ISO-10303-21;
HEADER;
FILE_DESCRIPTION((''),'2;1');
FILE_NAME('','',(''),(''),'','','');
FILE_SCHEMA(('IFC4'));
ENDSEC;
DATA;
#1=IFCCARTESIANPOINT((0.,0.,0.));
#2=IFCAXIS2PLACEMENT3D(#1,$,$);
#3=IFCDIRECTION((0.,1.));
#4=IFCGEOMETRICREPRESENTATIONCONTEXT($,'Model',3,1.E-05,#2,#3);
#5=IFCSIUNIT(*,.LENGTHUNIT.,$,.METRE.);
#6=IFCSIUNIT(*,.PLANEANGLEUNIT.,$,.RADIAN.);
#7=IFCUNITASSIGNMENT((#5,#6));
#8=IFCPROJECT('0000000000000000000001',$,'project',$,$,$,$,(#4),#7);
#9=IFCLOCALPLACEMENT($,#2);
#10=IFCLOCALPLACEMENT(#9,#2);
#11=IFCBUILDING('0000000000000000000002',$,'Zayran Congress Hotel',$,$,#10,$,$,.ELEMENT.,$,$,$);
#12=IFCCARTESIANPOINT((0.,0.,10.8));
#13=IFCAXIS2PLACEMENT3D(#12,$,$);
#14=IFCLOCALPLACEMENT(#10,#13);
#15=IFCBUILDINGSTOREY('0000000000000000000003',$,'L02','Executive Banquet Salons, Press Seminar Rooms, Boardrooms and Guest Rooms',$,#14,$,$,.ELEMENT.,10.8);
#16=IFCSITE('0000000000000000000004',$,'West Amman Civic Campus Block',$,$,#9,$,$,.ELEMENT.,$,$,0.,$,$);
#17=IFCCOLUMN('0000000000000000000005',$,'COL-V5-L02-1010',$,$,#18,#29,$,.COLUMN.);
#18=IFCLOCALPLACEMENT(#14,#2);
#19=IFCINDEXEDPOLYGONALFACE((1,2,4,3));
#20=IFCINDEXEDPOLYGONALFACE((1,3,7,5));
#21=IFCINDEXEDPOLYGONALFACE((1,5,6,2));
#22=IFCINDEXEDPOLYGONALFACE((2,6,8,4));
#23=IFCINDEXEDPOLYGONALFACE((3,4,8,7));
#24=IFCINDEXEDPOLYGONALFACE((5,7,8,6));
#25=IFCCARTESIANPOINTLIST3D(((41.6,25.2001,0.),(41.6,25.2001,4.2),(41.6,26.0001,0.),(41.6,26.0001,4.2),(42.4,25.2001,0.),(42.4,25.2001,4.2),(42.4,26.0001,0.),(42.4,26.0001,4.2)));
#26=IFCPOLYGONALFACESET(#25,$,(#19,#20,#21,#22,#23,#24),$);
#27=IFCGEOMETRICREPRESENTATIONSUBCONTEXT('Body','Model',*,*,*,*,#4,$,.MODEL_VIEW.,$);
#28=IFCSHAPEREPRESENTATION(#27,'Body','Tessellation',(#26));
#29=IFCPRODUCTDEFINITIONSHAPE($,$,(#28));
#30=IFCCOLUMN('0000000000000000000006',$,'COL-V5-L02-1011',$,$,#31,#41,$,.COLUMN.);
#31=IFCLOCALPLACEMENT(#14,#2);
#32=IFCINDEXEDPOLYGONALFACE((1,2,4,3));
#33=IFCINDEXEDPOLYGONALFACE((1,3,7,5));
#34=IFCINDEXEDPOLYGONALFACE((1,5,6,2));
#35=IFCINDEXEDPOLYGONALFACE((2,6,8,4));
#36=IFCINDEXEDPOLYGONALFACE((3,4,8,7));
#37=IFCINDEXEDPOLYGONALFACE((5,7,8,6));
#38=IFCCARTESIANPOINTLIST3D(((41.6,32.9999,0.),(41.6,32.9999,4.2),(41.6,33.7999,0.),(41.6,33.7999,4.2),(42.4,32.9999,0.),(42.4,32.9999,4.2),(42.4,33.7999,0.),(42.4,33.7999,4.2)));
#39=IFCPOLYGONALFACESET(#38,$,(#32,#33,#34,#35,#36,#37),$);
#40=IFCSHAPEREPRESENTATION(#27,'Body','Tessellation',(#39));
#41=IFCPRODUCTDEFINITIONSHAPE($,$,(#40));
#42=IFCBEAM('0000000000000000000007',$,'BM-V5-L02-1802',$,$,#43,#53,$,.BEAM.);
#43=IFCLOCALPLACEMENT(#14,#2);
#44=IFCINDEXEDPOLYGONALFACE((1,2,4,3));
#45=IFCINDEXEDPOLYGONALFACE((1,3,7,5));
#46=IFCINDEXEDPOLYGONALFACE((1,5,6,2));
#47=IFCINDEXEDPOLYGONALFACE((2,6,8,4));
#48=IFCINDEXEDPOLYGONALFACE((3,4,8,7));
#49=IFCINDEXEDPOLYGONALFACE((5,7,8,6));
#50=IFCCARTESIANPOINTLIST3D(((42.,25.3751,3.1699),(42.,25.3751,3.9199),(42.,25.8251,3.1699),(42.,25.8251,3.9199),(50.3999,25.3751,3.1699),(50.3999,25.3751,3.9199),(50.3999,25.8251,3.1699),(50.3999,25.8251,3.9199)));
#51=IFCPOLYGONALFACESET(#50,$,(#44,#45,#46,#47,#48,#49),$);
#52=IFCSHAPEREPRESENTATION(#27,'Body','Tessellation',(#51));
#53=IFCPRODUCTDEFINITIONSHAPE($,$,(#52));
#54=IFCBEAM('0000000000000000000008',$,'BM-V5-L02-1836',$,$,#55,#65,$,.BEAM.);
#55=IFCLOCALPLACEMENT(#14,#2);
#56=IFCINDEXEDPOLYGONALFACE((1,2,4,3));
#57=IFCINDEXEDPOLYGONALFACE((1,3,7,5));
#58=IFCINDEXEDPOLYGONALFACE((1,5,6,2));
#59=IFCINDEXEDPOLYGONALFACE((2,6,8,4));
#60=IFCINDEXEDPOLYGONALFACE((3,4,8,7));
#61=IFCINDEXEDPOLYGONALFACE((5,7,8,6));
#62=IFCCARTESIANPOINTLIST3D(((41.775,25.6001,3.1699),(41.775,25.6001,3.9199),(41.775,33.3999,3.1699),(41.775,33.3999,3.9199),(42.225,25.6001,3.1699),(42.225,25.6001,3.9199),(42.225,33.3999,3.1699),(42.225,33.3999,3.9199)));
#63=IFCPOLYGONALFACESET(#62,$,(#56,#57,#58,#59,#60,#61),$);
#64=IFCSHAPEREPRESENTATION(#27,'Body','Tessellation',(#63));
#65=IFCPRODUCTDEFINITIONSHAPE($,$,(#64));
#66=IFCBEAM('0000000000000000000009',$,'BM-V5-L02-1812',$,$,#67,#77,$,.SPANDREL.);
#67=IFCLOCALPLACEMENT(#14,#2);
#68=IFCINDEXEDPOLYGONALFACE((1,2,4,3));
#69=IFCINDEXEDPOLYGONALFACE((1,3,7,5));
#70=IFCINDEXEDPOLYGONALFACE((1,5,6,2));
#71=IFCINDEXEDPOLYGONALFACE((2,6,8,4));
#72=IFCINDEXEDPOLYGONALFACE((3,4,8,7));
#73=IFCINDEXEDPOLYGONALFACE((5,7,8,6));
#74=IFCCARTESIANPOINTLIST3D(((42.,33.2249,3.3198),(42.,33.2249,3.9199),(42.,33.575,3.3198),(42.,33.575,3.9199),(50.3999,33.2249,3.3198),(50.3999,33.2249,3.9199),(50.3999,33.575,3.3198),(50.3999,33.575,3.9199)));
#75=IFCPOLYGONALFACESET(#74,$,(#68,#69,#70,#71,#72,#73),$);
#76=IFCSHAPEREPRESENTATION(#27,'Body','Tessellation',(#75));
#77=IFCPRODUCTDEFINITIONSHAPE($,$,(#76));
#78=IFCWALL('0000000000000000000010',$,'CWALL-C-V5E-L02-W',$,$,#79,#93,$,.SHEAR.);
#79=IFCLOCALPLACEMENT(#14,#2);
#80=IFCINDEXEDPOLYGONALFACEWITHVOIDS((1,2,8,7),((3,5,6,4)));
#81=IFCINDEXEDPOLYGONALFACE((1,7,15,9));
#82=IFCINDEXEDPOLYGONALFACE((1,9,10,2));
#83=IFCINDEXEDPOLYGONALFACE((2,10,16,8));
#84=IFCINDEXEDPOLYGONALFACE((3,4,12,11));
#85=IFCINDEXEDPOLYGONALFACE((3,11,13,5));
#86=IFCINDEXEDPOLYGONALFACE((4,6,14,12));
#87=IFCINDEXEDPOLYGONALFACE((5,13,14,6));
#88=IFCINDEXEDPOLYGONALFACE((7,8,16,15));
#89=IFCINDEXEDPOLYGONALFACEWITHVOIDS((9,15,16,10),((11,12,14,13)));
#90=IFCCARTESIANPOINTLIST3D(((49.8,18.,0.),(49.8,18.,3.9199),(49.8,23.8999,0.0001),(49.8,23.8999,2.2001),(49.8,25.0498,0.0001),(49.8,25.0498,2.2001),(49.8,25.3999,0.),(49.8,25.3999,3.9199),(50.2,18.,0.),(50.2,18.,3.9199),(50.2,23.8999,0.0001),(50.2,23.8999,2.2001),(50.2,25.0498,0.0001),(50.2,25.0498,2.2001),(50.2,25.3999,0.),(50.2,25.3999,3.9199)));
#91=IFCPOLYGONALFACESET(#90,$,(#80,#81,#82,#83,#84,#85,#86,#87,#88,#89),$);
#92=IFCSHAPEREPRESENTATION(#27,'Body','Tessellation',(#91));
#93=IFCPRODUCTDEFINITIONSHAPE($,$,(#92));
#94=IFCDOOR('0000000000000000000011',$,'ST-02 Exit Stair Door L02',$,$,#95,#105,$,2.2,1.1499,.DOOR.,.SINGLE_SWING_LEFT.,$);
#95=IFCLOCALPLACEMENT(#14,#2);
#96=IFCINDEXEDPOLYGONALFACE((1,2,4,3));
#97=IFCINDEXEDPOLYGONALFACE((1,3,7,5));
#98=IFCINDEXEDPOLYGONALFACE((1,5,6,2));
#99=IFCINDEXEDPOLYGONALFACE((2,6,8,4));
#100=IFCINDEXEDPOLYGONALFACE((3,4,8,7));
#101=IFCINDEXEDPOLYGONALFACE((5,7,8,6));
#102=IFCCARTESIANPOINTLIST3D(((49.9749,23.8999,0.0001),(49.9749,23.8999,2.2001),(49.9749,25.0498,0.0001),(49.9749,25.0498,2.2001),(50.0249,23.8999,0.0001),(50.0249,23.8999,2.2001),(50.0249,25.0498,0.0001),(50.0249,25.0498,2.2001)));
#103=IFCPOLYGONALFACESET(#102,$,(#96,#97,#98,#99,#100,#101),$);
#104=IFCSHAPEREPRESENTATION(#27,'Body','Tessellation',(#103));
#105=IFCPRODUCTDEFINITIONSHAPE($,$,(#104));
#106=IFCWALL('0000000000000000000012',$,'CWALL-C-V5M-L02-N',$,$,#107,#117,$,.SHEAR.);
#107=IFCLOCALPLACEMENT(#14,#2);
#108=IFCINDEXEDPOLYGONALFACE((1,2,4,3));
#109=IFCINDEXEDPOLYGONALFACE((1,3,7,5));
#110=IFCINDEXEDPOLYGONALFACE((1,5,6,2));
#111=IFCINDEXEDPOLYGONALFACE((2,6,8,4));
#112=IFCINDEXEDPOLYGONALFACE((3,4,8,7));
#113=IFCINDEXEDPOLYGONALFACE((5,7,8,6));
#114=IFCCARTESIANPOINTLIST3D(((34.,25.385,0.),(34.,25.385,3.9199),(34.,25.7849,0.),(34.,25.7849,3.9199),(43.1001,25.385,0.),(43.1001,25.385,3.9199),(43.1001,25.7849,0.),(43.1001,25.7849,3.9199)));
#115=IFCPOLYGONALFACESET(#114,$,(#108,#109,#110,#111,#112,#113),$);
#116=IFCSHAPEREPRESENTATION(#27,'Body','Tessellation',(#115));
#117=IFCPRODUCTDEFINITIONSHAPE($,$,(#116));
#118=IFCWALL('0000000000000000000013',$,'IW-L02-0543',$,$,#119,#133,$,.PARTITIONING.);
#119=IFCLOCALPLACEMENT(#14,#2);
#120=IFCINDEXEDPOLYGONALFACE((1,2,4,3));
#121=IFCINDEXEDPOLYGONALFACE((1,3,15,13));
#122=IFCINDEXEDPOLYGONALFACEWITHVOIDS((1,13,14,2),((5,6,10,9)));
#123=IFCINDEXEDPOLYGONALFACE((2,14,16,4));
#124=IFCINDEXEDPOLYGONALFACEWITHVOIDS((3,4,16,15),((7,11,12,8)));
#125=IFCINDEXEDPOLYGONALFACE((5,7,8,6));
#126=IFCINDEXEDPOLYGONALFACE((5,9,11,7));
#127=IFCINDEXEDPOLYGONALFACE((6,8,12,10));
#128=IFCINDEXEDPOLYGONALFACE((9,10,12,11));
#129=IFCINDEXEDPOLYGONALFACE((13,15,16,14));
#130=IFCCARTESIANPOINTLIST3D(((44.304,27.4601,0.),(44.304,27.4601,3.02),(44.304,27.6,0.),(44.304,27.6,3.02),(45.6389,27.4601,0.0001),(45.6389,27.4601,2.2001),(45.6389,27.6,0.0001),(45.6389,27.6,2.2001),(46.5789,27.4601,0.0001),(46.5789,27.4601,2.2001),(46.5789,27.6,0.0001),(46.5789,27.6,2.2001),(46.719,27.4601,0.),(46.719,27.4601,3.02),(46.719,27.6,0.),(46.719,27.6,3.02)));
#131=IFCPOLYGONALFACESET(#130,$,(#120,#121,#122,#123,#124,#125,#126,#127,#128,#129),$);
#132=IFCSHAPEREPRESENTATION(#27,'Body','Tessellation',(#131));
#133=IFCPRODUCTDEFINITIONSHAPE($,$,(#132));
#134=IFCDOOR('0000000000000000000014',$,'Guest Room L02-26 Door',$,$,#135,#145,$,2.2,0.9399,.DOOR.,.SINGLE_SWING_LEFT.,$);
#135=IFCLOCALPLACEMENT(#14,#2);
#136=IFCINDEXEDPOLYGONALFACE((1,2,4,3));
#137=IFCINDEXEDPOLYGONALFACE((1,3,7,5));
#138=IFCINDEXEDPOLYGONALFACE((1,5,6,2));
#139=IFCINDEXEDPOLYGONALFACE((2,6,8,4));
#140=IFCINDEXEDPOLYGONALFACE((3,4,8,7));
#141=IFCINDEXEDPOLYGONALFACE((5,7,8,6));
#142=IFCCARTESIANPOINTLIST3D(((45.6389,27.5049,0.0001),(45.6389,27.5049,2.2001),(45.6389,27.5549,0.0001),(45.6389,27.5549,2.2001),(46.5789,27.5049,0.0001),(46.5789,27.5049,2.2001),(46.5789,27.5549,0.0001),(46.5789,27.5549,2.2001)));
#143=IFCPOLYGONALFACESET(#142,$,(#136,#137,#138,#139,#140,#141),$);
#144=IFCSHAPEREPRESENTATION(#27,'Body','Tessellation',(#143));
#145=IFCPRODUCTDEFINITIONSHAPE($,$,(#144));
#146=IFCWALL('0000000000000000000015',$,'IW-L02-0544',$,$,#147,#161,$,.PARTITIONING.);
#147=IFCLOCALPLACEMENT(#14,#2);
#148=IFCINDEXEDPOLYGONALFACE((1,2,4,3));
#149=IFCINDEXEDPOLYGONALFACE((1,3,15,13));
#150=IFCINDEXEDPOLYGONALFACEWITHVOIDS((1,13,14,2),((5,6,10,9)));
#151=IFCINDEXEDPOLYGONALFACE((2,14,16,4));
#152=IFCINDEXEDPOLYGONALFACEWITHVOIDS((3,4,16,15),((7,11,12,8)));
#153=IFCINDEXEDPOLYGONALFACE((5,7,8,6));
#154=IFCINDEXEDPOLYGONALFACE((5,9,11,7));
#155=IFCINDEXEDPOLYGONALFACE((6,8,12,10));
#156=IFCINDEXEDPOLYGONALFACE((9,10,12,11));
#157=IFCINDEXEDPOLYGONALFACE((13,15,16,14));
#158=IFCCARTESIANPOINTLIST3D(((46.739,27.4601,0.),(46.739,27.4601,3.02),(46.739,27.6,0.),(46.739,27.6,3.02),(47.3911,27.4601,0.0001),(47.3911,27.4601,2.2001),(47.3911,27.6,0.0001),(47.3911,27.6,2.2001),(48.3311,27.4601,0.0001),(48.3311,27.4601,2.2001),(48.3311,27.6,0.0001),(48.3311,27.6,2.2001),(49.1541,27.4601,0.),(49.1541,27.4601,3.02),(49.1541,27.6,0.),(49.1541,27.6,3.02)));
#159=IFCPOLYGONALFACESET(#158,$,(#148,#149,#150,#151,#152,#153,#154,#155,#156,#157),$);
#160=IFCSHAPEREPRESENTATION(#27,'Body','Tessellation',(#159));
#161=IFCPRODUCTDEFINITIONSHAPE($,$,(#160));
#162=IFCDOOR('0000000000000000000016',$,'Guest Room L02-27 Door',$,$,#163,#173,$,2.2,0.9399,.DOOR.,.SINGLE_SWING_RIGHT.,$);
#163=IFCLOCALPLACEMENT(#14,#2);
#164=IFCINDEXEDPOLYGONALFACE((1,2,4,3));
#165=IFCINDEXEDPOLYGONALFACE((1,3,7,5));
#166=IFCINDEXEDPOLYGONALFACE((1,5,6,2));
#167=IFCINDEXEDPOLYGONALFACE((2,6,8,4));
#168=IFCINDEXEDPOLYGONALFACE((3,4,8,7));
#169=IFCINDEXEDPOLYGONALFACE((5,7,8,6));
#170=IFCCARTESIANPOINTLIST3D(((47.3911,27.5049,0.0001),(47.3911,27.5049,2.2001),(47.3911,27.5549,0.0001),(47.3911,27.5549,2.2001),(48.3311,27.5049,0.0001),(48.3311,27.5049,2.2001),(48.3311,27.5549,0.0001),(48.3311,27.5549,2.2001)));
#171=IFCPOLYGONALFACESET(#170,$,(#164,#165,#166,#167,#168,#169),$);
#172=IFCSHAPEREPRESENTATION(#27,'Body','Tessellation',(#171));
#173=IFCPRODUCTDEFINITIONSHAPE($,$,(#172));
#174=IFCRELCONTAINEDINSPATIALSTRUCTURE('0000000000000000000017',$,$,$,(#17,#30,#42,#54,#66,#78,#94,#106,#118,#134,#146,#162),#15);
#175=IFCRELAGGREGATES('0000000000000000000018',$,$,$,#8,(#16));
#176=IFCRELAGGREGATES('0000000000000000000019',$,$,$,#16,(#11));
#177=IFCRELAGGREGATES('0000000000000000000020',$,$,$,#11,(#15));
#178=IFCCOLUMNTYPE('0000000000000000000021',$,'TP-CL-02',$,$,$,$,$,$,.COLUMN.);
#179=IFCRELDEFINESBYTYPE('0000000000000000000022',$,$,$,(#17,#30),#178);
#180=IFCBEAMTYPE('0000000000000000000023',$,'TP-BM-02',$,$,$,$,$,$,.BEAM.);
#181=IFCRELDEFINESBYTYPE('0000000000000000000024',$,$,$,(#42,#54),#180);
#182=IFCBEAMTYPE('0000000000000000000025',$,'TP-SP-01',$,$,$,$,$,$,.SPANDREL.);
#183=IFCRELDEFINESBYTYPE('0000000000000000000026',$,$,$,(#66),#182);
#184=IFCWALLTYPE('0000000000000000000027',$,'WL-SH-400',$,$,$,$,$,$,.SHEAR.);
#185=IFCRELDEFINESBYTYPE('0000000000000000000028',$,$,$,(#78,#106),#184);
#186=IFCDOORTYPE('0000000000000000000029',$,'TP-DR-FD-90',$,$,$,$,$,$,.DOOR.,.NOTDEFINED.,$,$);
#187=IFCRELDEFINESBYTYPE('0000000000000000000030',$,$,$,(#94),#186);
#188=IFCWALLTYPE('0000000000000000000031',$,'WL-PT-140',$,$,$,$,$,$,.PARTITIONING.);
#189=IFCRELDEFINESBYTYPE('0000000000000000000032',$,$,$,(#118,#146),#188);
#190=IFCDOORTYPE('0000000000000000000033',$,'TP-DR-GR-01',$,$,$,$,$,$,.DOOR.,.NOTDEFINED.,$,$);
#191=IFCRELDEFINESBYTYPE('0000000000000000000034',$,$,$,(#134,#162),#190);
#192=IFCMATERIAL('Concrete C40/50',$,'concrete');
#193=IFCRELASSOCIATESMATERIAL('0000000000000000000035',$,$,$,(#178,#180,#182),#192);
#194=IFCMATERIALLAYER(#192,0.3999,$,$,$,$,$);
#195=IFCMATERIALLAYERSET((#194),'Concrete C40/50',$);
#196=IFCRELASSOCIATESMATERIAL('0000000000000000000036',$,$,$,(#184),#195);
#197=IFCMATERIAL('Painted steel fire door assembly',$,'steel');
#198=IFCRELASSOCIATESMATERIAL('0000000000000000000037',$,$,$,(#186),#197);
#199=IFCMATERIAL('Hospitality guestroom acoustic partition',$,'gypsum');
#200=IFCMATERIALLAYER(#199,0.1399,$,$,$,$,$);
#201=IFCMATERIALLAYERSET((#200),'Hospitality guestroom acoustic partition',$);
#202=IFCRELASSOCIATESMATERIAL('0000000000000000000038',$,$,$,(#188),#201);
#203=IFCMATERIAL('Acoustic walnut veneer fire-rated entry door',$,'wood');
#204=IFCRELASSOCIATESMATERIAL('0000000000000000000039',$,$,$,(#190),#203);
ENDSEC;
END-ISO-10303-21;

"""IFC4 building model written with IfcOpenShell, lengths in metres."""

from ifc_helpers import new_model, si_unit, direction, frame, frame_2d, origin, origin_2d, place, context, subcontext, project, spatial, rectangle, extrude, material, layer, layer_set, material_profile, profile_set, type_object, element, fill, save


model = new_model("IFC4")

# Units and contexts
model_context = context("Model", 3, precision=1e-05, world=origin(), true_north=direction((0.0, 1.0)))
body_context = subcontext(model_context, "Body", "Model", "MODEL_VIEW")
ifc_project = project(units=[si_unit("LENGTHUNIT", "METRE"), si_unit("PLANEANGLEUNIT", "RADIAN")], contexts=[model_context])

# Site, building, storey
site_placement = place(None, origin())
site = spatial("IfcSite", under=ifc_project, at=site_placement, Name="West Amman Civic Campus Block", CompositionType="ELEMENT", RefElevation=0.0)
building_placement = place(site_placement, origin())
building = spatial("IfcBuilding", under=site, at=building_placement, Name="Zayran Congress Hotel", CompositionType="ELEMENT")
storey_placement = place(building_placement, frame((0.0, 0.0, 10.8)))
storey = spatial("IfcBuildingStorey", under=building, at=storey_placement, Name="L02", Description="Executive Banquet Salons, Press Seminar Rooms, Boardrooms and Guest Rooms", CompositionType="ELEMENT", Elevation=10.8)

# Columns
ifc_material_1 = material(Name="Concrete C40/50", Category="concrete")
ifc_material_profile_1 = material_profile(ifc_material_1, rectangle(XDim=0.8, YDim=0.8, at=origin_2d()), Name="RC 800x800")
ifc_profile_set_1 = profile_set([ifc_material_profile_1], Name="Concrete C40/50")
column_type = type_object("IfcColumnType", Name="TP-CL-02", PredefinedType="COLUMN", material=ifc_profile_set_1)
for number, where, z_axis, x_axis, name in (
    (1, (42.0, 25.6001, 0.0), (0.0, 0.0, 1.0), (1.0, 0.0, 0.0), "COL-V5-L02-1010"),
    (2, (42.0, 33.3999, 0.0), (0.0, 0.0, 1.0), (1.0, 0.0, 0.0), "COL-V5-L02-1011"),
):
    element("IfcColumn", number, at=place(storey_placement, frame(where, z_axis=z_axis, x_axis=x_axis)), inside=storey, type_object=column_type, Name=name, PredefinedType="COLUMN", context=body_context, shape_type="SweptSolid", body=[
        extrude(rectangle(XDim=0.8, YDim=0.8, at=origin_2d()), origin(), (0.0, 0.0, 1.0), 4.2),
    ])

# Beams
ifc_material_profile_2 = material_profile(ifc_material_1, rectangle(XDim=0.45, YDim=0.75, at=origin_2d()), Name="RC 450x750")
ifc_profile_set_2 = profile_set([ifc_material_profile_2], Name="Concrete C40/50")
beam_type_1 = type_object("IfcBeamType", Name="TP-BM-02", PredefinedType="BEAM", material=ifc_profile_set_2)
beam_1_placement = place(storey_placement, frame((42.0, 25.6001, 3.5449), z_axis=(1.0, 0.0, 0.0), x_axis=(0.0, 1.0, 0.0)))
element("IfcBeam", 3, at=beam_1_placement, inside=storey, type_object=beam_type_1, Name="BM-V5-L02-1802", PredefinedType="BEAM", context=body_context, shape_type="SweptSolid", body=[
    extrude(rectangle(XDim=0.45, YDim=0.75, at=origin_2d()), origin(), (0.0, 0.0, 1.0), 8.3999),
])
beam_2_placement = place(storey_placement, frame((42.0, 25.6001, 3.5449), z_axis=(0.0, 1.0, 0.0), x_axis=(-1.0, 0.0, 0.0)))
element("IfcBeam", 4, at=beam_2_placement, inside=storey, type_object=beam_type_1, Name="BM-V5-L02-1836", PredefinedType="BEAM", context=body_context, shape_type="SweptSolid", body=[
    extrude(rectangle(XDim=0.45, YDim=0.75, at=origin_2d()), origin(), (0.0, 0.0, 1.0), 7.7998),
])
ifc_material_profile_3 = material_profile(ifc_material_1, rectangle(XDim=0.3501, YDim=0.6001, at=origin_2d()), Name="RC 350x600")
ifc_profile_set_3 = profile_set([ifc_material_profile_3], Name="Concrete C40/50")
beam_type_2 = type_object("IfcBeamType", Name="TP-SP-01", PredefinedType="SPANDREL", material=ifc_profile_set_3)
beam_3_placement = place(storey_placement, frame((42.0, 33.3999, 3.6199), z_axis=(1.0, 0.0, 0.0), x_axis=(0.0, 1.0, 0.0)))
element("IfcBeam", 5, at=beam_3_placement, inside=storey, type_object=beam_type_2, Name="BM-V5-L02-1812", PredefinedType="SPANDREL", context=body_context, shape_type="SweptSolid", body=[
    extrude(rectangle(XDim=0.3501, YDim=0.6001, at=origin_2d()), origin(), (0.0, 0.0, 1.0), 8.3999),
])

# Wall, opening, door
ifc_layer_1 = layer(ifc_material_1, 0.3999)
ifc_layer_set_1 = layer_set([ifc_layer_1], Name="Concrete C40/50")
wall_type_1 = type_object("IfcWallType", Name="WL-SH-400", PredefinedType="SHEAR", material=ifc_layer_set_1)
wall_1_placement = place(storey_placement, frame((50.0, 25.3999, 0.0), z_axis=(0.0, 0.0, 1.0), x_axis=(0.0, -1.0, 0.0)))
wall_1 = element("IfcWall", 6, at=wall_1_placement, inside=storey, type_object=wall_type_1, Name="CWALL-C-V5E-L02-W", PredefinedType="SHEAR", context=body_context, shape_type="SweptSolid", body=[
    extrude(rectangle(XDim=7.3999, YDim=0.3999, at=frame_2d((3.7, 0.0))), origin(), (0.0, 0.0, 1.0), 3.9199),
])
opening_1_placement = place(wall_1_placement, frame((0.3501, 0.0, 0.0)))
opening_1 = element("IfcOpeningElement", 7, at=opening_1_placement, cuts=wall_1, PredefinedType="OPENING", context=body_context, shape_type="SweptSolid", body=[
    extrude(rectangle(XDim=1.1499, YDim=2.2, at=frame_2d((0.575, 1.1001))), frame((0.0, 0.21, 0.0), z_axis=(0.0, -1.0, 0.0), x_axis=(1.0, 0.0, 0.0)), (0.0, 0.0, 1.0), 0.4199),
])
ifc_material_2 = material(Name="Painted steel fire door assembly", Category="steel")
door_type_1 = type_object("IfcDoorType", Name="TP-DR-FD-90", OperationType="NOTDEFINED", PredefinedType="DOOR", material=ifc_material_2)
door_1_placement = place(opening_1_placement, origin())
door_1 = element("IfcDoor", 8, at=door_1_placement, inside=storey, type_object=door_type_1, Name="ST-02 Exit Stair Door L02", OperationType="SINGLE_SWING_LEFT", OverallHeight=2.2, OverallWidth=1.1499, PredefinedType="DOOR", context=body_context, shape_type="SweptSolid", body=[
    extrude(rectangle(XDim=1.1499, YDim=2.2, at=frame_2d((0.575, 1.1001))), frame((0.0, 0.0249, 0.0), z_axis=(0.0, -1.0, 0.0), x_axis=(1.0, 0.0, 0.0)), (0.0, 0.0, 1.0), 0.05),
])
fill(opening_1, door_1)

# Wall
wall_2_placement = place(storey_placement, frame((43.1001, 25.585, 0.0), z_axis=(0.0, 0.0, 1.0), x_axis=(-1.0, 0.0, 0.0)))
element("IfcWall", 9, at=wall_2_placement, inside=storey, type_object=wall_type_1, Name="CWALL-C-V5M-L02-N", PredefinedType="SHEAR", context=body_context, shape_type="SweptSolid", body=[
    extrude(rectangle(XDim=9.1001, YDim=0.3999, at=frame_2d((4.55, 0.0))), origin(), (0.0, 0.0, 1.0), 3.9199),
])

# Walls, openings, doors
ifc_material_3 = material(Name="Hospitality guestroom acoustic partition", Category="gypsum")
ifc_layer_2 = layer(ifc_material_3, 0.1399)
ifc_layer_set_2 = layer_set([ifc_layer_2], Name="Hospitality guestroom acoustic partition")
wall_type_2 = type_object("IfcWallType", Name="WL-PT-140", PredefinedType="PARTITIONING", material=ifc_layer_set_2)
wall_3_placement = place(storey_placement, frame((44.304, 27.53, 0.0), z_axis=(0.0, 0.0, 1.0), x_axis=(1.0, 0.0, 0.0)))
wall_3 = element("IfcWall", 10, at=wall_3_placement, inside=storey, type_object=wall_type_2, Name="IW-L02-0543", PredefinedType="PARTITIONING", context=body_context, shape_type="SweptSolid", body=[
    extrude(rectangle(XDim=2.415, YDim=0.1399, at=frame_2d((1.2075, 0.0))), origin(), (0.0, 0.0, 1.0), 3.02),
])
opening_2_placement = place(wall_3_placement, frame((1.335, 0.0, 0.0)))
opening_2 = element("IfcOpeningElement", 11, at=opening_2_placement, cuts=wall_3, PredefinedType="OPENING", context=body_context, shape_type="SweptSolid", body=[
    extrude(rectangle(XDim=0.9399, YDim=2.2, at=frame_2d((0.47, 1.1001))), frame((0.0, 0.0798, 0.0), z_axis=(0.0, -1.0, 0.0), x_axis=(1.0, 0.0, 0.0)), (0.0, 0.0, 1.0), 0.1599),
])
ifc_material_4 = material(Name="Acoustic walnut veneer fire-rated entry door", Category="wood")
door_type_2 = type_object("IfcDoorType", Name="TP-DR-GR-01", OperationType="NOTDEFINED", PredefinedType="DOOR", material=ifc_material_4)
door_2_placement = place(opening_2_placement, origin())
door_2 = element("IfcDoor", 12, at=door_2_placement, inside=storey, type_object=door_type_2, Name="Guest Room L02-26 Door", OperationType="SINGLE_SWING_LEFT", OverallHeight=2.2, OverallWidth=0.9399, PredefinedType="DOOR", context=body_context, shape_type="SweptSolid", body=[
    extrude(rectangle(XDim=0.9399, YDim=2.2, at=frame_2d((0.47, 1.1001))), frame((0.0, 0.0249, 0.0), z_axis=(0.0, -1.0, 0.0), x_axis=(1.0, 0.0, 0.0)), (0.0, 0.0, 1.0), 0.05),
])
fill(opening_2, door_2)
wall_4_placement = place(storey_placement, frame((46.739, 27.53, 0.0), z_axis=(0.0, 0.0, 1.0), x_axis=(1.0, 0.0, 0.0)))
wall_4 = element("IfcWall", 13, at=wall_4_placement, inside=storey, type_object=wall_type_2, Name="IW-L02-0544", PredefinedType="PARTITIONING", context=body_context, shape_type="SweptSolid", body=[
    extrude(rectangle(XDim=2.415, YDim=0.1399, at=frame_2d((1.2075, 0.0))), origin(), (0.0, 0.0, 1.0), 3.02),
])
opening_3_placement = place(wall_4_placement, frame((0.6521, 0.0, 0.0)))
opening_3 = element("IfcOpeningElement", 14, at=opening_3_placement, cuts=wall_4, PredefinedType="OPENING", context=body_context, shape_type="SweptSolid", body=[
    extrude(rectangle(XDim=0.9399, YDim=2.2, at=frame_2d((0.47, 1.1001))), frame((0.0, 0.0798, 0.0), z_axis=(0.0, -1.0, 0.0), x_axis=(1.0, 0.0, 0.0)), (0.0, 0.0, 1.0), 0.1599),
])
door_3_placement = place(opening_3_placement, origin())
door_3 = element("IfcDoor", 15, at=door_3_placement, inside=storey, type_object=door_type_2, Name="Guest Room L02-27 Door", OperationType="SINGLE_SWING_RIGHT", OverallHeight=2.2, OverallWidth=0.9399, PredefinedType="DOOR", context=body_context, shape_type="SweptSolid", body=[
    extrude(rectangle(XDim=0.9399, YDim=2.2, at=frame_2d((0.47, 1.1001))), frame((0.0, 0.0249, 0.0), z_axis=(0.0, -1.0, 0.0), x_axis=(1.0, 0.0, 0.0)), (0.0, 0.0, 1.0), 0.05),
])
fill(opening_3, door_3)

save(model, "model.ifc")
